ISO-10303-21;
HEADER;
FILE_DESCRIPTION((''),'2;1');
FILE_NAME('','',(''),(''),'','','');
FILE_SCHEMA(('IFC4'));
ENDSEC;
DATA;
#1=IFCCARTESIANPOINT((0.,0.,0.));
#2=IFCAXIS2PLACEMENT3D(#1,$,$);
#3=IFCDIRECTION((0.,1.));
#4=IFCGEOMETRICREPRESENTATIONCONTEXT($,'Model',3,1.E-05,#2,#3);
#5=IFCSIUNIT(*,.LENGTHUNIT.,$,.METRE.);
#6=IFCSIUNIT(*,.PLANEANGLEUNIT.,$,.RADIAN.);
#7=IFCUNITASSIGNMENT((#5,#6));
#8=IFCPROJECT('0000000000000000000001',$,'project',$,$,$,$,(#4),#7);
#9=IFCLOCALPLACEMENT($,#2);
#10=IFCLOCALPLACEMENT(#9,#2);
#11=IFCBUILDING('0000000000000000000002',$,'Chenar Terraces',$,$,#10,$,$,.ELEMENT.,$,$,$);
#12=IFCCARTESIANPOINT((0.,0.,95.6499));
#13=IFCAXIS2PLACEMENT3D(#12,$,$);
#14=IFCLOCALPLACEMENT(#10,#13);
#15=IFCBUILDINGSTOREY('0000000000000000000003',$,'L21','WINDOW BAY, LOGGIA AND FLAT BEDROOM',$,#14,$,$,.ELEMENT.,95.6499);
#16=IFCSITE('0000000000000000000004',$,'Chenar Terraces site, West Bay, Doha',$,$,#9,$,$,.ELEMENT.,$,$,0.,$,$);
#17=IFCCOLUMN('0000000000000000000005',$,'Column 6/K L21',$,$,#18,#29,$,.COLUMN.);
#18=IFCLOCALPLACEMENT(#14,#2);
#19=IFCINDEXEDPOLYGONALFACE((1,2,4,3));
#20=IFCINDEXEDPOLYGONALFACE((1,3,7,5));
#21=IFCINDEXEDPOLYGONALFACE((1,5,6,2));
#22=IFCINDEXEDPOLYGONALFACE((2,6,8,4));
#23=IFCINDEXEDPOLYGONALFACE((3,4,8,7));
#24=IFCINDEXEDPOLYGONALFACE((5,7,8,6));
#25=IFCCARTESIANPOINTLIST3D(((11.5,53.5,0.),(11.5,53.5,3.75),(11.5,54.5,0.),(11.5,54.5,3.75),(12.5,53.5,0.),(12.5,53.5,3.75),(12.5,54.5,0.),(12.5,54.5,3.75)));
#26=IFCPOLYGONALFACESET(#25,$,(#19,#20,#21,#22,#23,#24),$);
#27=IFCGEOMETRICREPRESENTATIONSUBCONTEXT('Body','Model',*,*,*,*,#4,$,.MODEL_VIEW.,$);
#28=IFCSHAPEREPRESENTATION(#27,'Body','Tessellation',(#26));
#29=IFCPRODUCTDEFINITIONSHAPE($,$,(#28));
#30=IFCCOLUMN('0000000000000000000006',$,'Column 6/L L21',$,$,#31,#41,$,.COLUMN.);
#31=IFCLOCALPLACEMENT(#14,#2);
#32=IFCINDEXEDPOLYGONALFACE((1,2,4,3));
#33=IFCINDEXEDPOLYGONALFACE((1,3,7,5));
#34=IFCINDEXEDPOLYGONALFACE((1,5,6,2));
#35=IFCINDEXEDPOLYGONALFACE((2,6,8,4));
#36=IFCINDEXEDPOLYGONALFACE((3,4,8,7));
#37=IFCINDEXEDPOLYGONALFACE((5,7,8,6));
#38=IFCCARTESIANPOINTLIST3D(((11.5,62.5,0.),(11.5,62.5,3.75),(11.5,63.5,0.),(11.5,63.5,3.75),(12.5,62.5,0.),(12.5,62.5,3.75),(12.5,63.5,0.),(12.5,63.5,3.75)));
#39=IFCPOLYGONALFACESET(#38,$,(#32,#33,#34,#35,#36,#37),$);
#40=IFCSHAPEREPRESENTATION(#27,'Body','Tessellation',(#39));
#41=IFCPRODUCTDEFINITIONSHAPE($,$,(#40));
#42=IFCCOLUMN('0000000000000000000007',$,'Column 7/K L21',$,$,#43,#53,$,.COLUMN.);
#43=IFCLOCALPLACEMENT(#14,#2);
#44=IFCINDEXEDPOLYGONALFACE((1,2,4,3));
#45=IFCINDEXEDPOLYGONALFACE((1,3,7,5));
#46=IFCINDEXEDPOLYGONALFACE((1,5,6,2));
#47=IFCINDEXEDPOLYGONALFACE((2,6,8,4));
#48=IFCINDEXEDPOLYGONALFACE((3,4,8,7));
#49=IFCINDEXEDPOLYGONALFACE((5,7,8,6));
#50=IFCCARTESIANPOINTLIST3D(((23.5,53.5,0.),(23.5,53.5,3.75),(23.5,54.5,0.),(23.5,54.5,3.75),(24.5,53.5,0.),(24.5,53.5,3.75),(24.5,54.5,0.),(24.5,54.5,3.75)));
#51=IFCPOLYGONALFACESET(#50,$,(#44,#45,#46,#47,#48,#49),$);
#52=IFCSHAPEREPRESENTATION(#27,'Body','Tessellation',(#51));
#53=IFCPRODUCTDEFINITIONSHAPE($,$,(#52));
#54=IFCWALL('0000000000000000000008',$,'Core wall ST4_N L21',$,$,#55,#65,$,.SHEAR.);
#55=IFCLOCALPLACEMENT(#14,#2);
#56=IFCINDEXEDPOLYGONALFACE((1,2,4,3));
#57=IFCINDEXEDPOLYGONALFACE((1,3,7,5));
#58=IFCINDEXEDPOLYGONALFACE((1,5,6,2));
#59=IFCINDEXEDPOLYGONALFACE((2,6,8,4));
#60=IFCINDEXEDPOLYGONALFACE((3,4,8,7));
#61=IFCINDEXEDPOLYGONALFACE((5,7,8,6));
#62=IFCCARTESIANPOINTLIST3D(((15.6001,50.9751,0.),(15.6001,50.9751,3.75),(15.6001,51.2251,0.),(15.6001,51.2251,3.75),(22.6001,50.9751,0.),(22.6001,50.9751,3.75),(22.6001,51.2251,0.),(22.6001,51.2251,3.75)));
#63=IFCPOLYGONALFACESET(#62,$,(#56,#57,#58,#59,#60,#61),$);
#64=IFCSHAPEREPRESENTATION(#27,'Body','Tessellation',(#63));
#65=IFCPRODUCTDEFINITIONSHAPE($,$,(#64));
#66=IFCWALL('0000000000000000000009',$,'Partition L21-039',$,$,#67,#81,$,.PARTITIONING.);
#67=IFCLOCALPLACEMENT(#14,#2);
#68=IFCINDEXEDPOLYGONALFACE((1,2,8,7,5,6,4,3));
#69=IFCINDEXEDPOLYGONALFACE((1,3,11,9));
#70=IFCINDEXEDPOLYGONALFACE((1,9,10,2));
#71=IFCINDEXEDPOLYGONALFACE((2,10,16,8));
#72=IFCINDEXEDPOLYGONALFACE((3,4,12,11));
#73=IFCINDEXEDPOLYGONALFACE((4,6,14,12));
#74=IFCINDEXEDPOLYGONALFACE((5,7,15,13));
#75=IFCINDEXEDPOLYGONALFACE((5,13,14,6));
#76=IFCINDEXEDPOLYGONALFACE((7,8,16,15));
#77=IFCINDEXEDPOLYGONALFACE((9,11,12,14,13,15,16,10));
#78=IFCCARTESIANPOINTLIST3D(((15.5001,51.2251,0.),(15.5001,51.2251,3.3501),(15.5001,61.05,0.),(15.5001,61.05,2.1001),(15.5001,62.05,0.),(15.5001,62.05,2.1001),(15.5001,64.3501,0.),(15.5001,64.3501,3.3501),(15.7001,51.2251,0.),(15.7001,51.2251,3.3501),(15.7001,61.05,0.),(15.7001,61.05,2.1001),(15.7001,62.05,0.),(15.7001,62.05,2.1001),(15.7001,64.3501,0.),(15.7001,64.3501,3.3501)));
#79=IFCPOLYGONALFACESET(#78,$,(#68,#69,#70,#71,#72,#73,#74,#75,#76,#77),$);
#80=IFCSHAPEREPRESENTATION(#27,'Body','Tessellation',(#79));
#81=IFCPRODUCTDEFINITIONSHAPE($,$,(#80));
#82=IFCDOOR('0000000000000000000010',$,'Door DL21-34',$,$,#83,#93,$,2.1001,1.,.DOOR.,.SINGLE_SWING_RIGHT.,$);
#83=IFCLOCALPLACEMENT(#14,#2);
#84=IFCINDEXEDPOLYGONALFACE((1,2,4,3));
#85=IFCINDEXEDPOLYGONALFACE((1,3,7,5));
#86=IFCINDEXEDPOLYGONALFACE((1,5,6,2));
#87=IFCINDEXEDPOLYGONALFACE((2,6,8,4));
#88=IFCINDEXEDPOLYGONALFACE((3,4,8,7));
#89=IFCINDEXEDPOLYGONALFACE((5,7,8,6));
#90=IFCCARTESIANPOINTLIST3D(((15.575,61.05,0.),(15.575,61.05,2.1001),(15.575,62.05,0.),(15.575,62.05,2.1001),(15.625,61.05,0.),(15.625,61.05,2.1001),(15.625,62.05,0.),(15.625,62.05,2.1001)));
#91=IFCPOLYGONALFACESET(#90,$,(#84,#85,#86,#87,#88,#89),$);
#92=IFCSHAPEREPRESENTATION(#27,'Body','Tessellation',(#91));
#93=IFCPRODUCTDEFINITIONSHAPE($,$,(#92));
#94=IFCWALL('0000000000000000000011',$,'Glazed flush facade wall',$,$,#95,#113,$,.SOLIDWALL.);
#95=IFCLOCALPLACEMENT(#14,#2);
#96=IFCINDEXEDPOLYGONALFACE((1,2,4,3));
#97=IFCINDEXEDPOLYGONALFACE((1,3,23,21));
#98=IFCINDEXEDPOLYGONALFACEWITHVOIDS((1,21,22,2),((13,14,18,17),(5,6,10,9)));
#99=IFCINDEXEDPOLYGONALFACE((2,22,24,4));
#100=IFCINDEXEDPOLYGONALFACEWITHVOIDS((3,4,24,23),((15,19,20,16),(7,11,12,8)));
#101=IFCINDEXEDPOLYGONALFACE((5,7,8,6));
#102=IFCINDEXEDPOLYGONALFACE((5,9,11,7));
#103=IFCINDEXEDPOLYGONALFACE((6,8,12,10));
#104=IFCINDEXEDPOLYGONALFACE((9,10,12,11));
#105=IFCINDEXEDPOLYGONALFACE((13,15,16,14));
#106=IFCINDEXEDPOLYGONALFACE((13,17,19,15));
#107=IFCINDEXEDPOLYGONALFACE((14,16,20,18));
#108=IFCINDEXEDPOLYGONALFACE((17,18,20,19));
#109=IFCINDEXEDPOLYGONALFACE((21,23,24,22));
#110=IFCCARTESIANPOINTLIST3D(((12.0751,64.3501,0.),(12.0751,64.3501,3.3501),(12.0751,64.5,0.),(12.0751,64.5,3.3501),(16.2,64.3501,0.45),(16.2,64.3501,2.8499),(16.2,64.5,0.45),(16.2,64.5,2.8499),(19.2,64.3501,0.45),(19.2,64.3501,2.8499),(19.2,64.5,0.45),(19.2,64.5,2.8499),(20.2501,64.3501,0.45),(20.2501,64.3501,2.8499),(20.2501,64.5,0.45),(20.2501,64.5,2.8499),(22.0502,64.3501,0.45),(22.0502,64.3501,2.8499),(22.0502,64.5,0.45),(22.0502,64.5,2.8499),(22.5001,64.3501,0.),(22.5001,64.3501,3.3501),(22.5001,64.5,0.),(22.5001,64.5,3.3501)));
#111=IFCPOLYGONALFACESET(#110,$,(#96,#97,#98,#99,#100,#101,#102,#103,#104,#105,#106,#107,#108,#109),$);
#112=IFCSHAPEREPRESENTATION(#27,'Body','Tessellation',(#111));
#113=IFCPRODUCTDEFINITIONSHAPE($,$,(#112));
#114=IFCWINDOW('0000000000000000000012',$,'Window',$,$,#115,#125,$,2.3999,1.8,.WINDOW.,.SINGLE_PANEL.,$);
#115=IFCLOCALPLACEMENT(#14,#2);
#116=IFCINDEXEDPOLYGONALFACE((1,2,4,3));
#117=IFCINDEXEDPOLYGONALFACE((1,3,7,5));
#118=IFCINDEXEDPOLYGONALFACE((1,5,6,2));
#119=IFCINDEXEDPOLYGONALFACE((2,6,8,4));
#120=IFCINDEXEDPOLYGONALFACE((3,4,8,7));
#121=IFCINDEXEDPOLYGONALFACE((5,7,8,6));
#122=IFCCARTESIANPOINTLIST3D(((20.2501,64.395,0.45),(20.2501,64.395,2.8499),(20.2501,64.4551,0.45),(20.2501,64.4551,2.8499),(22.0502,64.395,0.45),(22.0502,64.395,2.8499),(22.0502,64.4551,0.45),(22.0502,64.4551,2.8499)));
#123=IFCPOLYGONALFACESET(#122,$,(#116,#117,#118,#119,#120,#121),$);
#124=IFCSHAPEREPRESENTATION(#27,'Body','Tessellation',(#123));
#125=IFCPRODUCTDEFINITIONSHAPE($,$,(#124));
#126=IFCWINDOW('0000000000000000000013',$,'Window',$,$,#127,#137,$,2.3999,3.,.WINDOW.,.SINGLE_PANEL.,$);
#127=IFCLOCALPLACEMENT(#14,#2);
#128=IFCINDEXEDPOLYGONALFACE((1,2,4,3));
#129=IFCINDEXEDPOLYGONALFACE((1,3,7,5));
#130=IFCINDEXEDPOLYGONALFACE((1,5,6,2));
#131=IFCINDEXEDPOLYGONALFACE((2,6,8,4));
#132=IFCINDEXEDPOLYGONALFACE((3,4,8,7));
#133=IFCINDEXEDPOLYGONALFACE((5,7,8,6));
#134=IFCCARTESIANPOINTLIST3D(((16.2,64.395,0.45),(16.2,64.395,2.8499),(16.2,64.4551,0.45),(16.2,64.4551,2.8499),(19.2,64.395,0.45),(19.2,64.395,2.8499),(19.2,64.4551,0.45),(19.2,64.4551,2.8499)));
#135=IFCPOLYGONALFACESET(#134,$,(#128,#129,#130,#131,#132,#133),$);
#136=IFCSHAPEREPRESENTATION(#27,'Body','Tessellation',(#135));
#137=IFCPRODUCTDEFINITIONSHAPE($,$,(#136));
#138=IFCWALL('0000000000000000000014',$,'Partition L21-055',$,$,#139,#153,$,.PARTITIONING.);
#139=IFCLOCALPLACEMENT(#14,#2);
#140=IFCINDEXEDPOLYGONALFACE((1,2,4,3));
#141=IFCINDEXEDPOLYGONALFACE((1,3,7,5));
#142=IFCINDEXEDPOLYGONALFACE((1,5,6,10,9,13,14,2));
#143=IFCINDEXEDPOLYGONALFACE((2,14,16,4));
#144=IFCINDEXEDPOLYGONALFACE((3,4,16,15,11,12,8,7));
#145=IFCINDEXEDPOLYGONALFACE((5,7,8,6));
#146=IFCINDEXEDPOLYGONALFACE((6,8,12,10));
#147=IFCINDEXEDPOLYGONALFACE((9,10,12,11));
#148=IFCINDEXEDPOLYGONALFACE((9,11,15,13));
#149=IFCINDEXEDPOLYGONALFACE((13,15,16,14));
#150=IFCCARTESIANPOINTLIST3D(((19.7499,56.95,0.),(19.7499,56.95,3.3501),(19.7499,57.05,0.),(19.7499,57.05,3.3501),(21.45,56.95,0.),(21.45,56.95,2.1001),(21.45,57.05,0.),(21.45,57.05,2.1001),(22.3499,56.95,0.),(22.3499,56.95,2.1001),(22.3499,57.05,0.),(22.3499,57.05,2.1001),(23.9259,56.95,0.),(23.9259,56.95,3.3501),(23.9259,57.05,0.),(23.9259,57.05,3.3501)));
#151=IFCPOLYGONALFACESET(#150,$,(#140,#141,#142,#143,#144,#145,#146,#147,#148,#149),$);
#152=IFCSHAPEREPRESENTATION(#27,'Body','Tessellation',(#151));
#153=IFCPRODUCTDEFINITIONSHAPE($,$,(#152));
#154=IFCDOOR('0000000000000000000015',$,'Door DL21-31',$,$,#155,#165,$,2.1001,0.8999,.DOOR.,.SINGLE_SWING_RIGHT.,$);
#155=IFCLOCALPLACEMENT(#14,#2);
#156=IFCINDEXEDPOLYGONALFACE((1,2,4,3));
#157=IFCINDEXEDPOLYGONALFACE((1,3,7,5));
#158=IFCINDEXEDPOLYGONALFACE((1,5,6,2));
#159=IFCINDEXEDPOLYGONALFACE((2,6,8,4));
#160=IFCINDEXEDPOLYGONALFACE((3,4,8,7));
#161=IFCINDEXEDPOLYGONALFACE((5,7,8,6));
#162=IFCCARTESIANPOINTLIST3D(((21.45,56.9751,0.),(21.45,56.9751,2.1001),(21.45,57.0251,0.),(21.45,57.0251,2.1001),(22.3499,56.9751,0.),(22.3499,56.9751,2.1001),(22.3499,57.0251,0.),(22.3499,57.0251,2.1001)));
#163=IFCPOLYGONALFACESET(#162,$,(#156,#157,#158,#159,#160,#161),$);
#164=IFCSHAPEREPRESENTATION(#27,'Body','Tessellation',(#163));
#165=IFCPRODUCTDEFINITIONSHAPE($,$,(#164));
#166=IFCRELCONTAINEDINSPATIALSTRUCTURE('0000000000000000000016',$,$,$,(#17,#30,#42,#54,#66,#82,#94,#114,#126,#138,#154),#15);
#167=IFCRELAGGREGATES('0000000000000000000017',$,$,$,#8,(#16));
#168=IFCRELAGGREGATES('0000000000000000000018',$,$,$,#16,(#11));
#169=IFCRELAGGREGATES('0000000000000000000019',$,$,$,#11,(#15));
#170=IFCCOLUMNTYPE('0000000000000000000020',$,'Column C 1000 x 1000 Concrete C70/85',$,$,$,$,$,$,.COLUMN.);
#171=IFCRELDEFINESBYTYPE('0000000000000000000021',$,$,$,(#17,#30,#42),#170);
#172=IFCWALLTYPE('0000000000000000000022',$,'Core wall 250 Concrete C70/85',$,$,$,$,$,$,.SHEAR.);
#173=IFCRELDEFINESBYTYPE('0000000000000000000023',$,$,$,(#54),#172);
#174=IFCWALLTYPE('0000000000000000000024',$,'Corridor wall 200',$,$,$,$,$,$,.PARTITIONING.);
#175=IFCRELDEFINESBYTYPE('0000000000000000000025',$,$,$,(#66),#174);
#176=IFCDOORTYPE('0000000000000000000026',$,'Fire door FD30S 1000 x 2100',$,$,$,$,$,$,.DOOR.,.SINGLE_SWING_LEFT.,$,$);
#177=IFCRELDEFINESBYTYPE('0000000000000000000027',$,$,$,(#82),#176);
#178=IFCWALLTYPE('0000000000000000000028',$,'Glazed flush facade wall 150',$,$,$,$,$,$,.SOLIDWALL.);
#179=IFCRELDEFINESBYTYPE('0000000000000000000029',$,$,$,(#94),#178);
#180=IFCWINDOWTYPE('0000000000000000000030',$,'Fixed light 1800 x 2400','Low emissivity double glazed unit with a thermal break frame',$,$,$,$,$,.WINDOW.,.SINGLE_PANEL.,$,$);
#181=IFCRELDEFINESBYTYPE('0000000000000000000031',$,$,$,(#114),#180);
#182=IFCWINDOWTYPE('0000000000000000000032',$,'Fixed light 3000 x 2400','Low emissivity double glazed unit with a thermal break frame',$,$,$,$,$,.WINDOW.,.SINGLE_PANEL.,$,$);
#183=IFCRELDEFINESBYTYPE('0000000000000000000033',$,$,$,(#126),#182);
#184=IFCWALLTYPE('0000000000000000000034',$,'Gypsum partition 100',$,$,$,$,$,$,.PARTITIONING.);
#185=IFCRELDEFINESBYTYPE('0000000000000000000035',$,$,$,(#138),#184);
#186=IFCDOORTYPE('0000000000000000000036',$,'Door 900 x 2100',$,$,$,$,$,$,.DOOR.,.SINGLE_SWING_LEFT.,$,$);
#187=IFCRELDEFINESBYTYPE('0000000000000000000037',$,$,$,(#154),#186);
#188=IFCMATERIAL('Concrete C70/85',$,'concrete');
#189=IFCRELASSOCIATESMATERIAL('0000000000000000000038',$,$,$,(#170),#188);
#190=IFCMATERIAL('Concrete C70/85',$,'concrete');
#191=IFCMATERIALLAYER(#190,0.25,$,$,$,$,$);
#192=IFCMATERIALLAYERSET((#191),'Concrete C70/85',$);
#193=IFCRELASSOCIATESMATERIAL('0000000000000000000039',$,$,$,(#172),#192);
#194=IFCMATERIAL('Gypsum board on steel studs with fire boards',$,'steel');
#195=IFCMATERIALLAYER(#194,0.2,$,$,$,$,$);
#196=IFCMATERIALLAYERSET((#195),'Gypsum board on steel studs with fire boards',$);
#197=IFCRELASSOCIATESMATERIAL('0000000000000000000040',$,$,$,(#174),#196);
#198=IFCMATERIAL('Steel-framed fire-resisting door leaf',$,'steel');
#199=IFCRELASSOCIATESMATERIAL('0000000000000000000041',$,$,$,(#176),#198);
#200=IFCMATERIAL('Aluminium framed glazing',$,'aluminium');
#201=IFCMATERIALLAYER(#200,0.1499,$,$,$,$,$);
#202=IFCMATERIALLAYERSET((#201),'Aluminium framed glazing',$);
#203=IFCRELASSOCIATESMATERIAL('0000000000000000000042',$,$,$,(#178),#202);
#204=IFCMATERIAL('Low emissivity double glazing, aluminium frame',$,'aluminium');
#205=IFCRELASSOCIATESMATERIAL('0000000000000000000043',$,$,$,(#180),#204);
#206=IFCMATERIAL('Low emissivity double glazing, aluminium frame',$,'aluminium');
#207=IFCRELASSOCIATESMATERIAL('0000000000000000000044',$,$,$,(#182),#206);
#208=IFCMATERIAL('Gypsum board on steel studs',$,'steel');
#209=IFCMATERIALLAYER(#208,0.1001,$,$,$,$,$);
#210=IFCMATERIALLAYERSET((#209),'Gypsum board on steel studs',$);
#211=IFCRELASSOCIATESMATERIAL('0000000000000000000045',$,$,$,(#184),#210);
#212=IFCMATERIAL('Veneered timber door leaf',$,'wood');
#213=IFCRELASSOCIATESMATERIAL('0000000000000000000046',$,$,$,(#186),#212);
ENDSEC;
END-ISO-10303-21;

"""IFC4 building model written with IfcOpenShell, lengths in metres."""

from ifc_helpers import new_model, si_unit, direction, frame, frame_2d, origin, origin_2d, place, context, subcontext, project, spatial, rectangle, extrude, material, layer, layer_set, material_profile, profile_set, type_object, element, fill, save


model = new_model("IFC4")

# Units and contexts
model_context = context("Model", 3, precision=1e-05, world=origin(), true_north=direction((0.0, 1.0)))
body_context = subcontext(model_context, "Body", "Model", "MODEL_VIEW")
ifc_project = project(units=[si_unit("LENGTHUNIT", "METRE"), si_unit("PLANEANGLEUNIT", "RADIAN")], contexts=[model_context])

# Site, building, storey
site_placement = place(None, origin())
site = spatial("IfcSite", under=ifc_project, at=site_placement, Name="Chenar Terraces site, West Bay, Doha", CompositionType="ELEMENT", RefElevation=0.0)
building_placement = place(site_placement, origin())
building = spatial("IfcBuilding", under=site, at=building_placement, Name="Chenar Terraces", CompositionType="ELEMENT")
storey_placement = place(building_placement, frame((0.0, 0.0, 95.6499)))
storey = spatial("IfcBuildingStorey", under=building, at=storey_placement, Name="L21", Description="WINDOW BAY, LOGGIA AND FLAT BEDROOM", CompositionType="ELEMENT", Elevation=95.6499)

# Columns
ifc_material_1 = material(Name="Concrete C70/85", Category="concrete")
ifc_material_profile = material_profile(ifc_material_1, rectangle(XDim=1.0, YDim=1.0, at=origin_2d()), Name="C 1000 x 1000")
ifc_profile_set = profile_set([ifc_material_profile], Name="Concrete C70/85")
column_type = type_object("IfcColumnType", Name="Column C 1000 x 1000 Concrete C70/85", PredefinedType="COLUMN", material=ifc_profile_set)
for number, where, z_axis, x_axis, name in (
    (1, (12.0, 54.0, 0.0), (0.0, 0.0, 1.0), (1.0, 0.0, 0.0), "Column 6/K L21"),
    (2, (12.0, 63.0, 0.0), (0.0, 0.0, 1.0), (1.0, 0.0, 0.0), "Column 6/L L21"),
    (3, (24.0, 54.0, 0.0), (0.0, 0.0, 1.0), (1.0, 0.0, 0.0), "Column 7/K L21"),
):
    element("IfcColumn", number, at=place(storey_placement, frame(where, z_axis=z_axis, x_axis=x_axis)), inside=storey, type_object=column_type, Name=name, PredefinedType="COLUMN", context=body_context, shape_type="SweptSolid", body=[
        extrude(rectangle(XDim=1.0, YDim=1.0, at=origin_2d()), origin(), (0.0, 0.0, 1.0), 3.75),
    ])

# Wall
ifc_material_2 = material(Name="Concrete C70/85", Category="concrete")
ifc_layer_1 = layer(ifc_material_2, 0.25)
ifc_layer_set_1 = layer_set([ifc_layer_1], Name="Concrete C70/85")
wall_type_1 = type_object("IfcWallType", Name="Core wall 250 Concrete C70/85", PredefinedType="SHEAR", material=ifc_layer_set_1)
wall_1_placement = place(storey_placement, frame((15.6001, 51.1001, 0.0), z_axis=(0.0, 0.0, 1.0), x_axis=(1.0, 0.0, 0.0)))
element("IfcWall", 4, at=wall_1_placement, inside=storey, type_object=wall_type_1, Name="Core wall ST4_N L21", PredefinedType="SHEAR", context=body_context, shape_type="SweptSolid", body=[
    extrude(rectangle(XDim=7.0, YDim=0.25, at=frame_2d((3.5, 0.0))), origin(), (0.0, 0.0, 1.0), 3.75),
])

# Wall, opening, door
ifc_material_3 = material(Name="Gypsum board on steel studs with fire boards", Category="steel")
ifc_layer_2 = layer(ifc_material_3, 0.2)
ifc_layer_set_2 = layer_set([ifc_layer_2], Name="Gypsum board on steel studs with fire boards")
wall_type_2 = type_object("IfcWallType", Name="Corridor wall 200", PredefinedType="PARTITIONING", material=ifc_layer_set_2)
wall_2_placement = place(storey_placement, frame((15.6001, 51.2251, 0.0), z_axis=(0.0, 0.0, 1.0), x_axis=(0.0, 1.0, 0.0)))
wall_2 = element("IfcWall", 5, at=wall_2_placement, inside=storey, type_object=wall_type_2, Name="Partition L21-039", PredefinedType="PARTITIONING", context=body_context, shape_type="SweptSolid", body=[
    extrude(rectangle(XDim=13.125, YDim=0.2, at=frame_2d((6.5625, 0.0))), origin(), (0.0, 0.0, 1.0), 3.3501),
])
opening_1_placement = place(wall_2_placement, frame((9.825, 0.0, 0.0)))
opening_1 = element("IfcOpeningElement", 6, at=opening_1_placement, cuts=wall_2, PredefinedType="OPENING", context=body_context, shape_type="SweptSolid", body=[
    extrude(rectangle(XDim=1.0, YDim=2.1001, at=frame_2d((0.5, 1.05))), frame((0.0, 0.1099, 0.0), z_axis=(0.0, -1.0, 0.0), x_axis=(1.0, 0.0, 0.0)), (0.0, 0.0, 1.0), 0.22),
])
ifc_material_4 = material(Name="Steel-framed fire-resisting door leaf", Category="steel")
door_type_1 = type_object("IfcDoorType", Name="Fire door FD30S 1000 x 2100", OperationType="SINGLE_SWING_LEFT", PredefinedType="DOOR", material=ifc_material_4)
door_1_placement = place(opening_1_placement, frame((1.0, 0.0, 0.0), z_axis=(0.0, 0.0, 1.0), x_axis=(-1.0, 0.0, 0.0)))
door_1 = element("IfcDoor", 7, at=door_1_placement, inside=storey, type_object=door_type_1, Name="Door DL21-34", OperationType="SINGLE_SWING_RIGHT", OverallHeight=2.1001, OverallWidth=1.0, PredefinedType="DOOR", context=body_context, shape_type="SweptSolid", body=[
    extrude(rectangle(XDim=1.0, YDim=2.1001, at=frame_2d((0.5, 1.05))), frame((0.0, 0.0249, 0.0), z_axis=(0.0, -1.0, 0.0), x_axis=(1.0, 0.0, 0.0)), (0.0, 0.0, 1.0), 0.05),
])
fill(opening_1, door_1)

# Wall, openings, windows
ifc_material_5 = material(Name="Aluminium framed glazing", Category="aluminium")
ifc_layer_3 = layer(ifc_material_5, 0.1499)
ifc_layer_set_3 = layer_set([ifc_layer_3], Name="Aluminium framed glazing")
wall_type_3 = type_object("IfcWallType", Name="Glazed flush facade wall 150", PredefinedType="SOLIDWALL", material=ifc_layer_set_3)
wall_3_placement = place(storey_placement, frame((22.5, 64.425, 0.0), z_axis=(0.0, 0.0, 1.0), x_axis=(-1.0, 0.0, 0.0)))
wall_3 = element("IfcWall", 8, at=wall_3_placement, inside=storey, type_object=wall_type_3, Name="Glazed flush facade wall", PredefinedType="SOLIDWALL", context=body_context, shape_type="SweptSolid", body=[
    extrude(rectangle(XDim=10.425, YDim=0.1499, at=frame_2d((5.2124, 0.0))), origin(), (0.0, 0.0, 1.0), 3.3501),
])
opening_2_placement = place(wall_3_placement, frame((0.45, 0.0, 0.45)))
opening_2 = element("IfcOpeningElement", 9, at=opening_2_placement, cuts=wall_3, PredefinedType="OPENING", context=body_context, shape_type="SweptSolid", body=[
    extrude(rectangle(XDim=1.8, YDim=2.3999, at=frame_2d((0.8999, 1.2))), frame((0.0, 0.085, 0.0), z_axis=(0.0, -1.0, 0.0), x_axis=(1.0, 0.0, 0.0)), (0.0, 0.0, 1.0), 0.1699),
])
opening_3_placement = place(wall_3_placement, frame((3.3, 0.0, 0.45)))
opening_3 = element("IfcOpeningElement", 10, at=opening_3_placement, cuts=wall_3, PredefinedType="OPENING", context=body_context, shape_type="SweptSolid", body=[
    extrude(rectangle(XDim=3.0, YDim=2.3999, at=frame_2d((1.5, 1.2))), frame((0.0, 0.085, 0.0), z_axis=(0.0, -1.0, 0.0), x_axis=(1.0, 0.0, 0.0)), (0.0, 0.0, 1.0), 0.1699),
])
ifc_material_6 = material(Name="Low emissivity double glazing, aluminium frame", Category="aluminium")
window_type_1 = type_object("IfcWindowType", Name="Fixed light 1800 x 2400", Description="Low emissivity double glazed unit with a thermal break frame", PartitioningType="SINGLE_PANEL", PredefinedType="WINDOW", material=ifc_material_6)
window_1_placement = place(opening_2_placement, origin())
window_1 = element("IfcWindow", 11, at=window_1_placement, inside=storey, type_object=window_type_1, Name="Window", OverallHeight=2.3999, OverallWidth=1.8, PartitioningType="SINGLE_PANEL", PredefinedType="WINDOW", context=body_context, shape_type="SweptSolid", body=[
    extrude(rectangle(XDim=1.8, YDim=2.3999, at=frame_2d((0.8999, 1.2))), frame((0.0, 0.03, 0.0), z_axis=(0.0, -1.0, 0.0), x_axis=(1.0, 0.0, 0.0)), (0.0, 0.0, 1.0), 0.0601),
])
fill(opening_2, window_1)
ifc_material_7 = material(Name="Low emissivity double glazing, aluminium frame", Category="aluminium")
window_type_2 = type_object("IfcWindowType", Name="Fixed light 3000 x 2400", Description="Low emissivity double glazed unit with a thermal break frame", PartitioningType="SINGLE_PANEL", PredefinedType="WINDOW", material=ifc_material_7)
window_2_placement = place(opening_3_placement, origin())
window_2 = element("IfcWindow", 12, at=window_2_placement, inside=storey, type_object=window_type_2, Name="Window", OverallHeight=2.3999, OverallWidth=3.0, PartitioningType="SINGLE_PANEL", PredefinedType="WINDOW", context=body_context, shape_type="SweptSolid", body=[
    extrude(rectangle(XDim=3.0, YDim=2.3999, at=frame_2d((1.5, 1.2))), frame((0.0, 0.03, 0.0), z_axis=(0.0, -1.0, 0.0), x_axis=(1.0, 0.0, 0.0)), (0.0, 0.0, 1.0), 0.0601),
])
fill(opening_3, window_2)

# Wall, opening, door
ifc_material_8 = material(Name="Gypsum board on steel studs", Category="steel")
ifc_layer_4 = layer(ifc_material_8, 0.1001)
ifc_layer_set_4 = layer_set([ifc_layer_4], Name="Gypsum board on steel studs")
wall_type_4 = type_object("IfcWallType", Name="Gypsum partition 100", PredefinedType="PARTITIONING", material=ifc_layer_set_4)
wall_4_placement = place(storey_placement, frame((19.75, 57.0, 0.0), z_axis=(0.0, 0.0, 1.0), x_axis=(1.0, 0.0, 0.0)))
wall_4 = element("IfcWall", 13, at=wall_4_placement, inside=storey, type_object=wall_type_4, Name="Partition L21-055", PredefinedType="PARTITIONING", context=body_context, shape_type="SweptSolid", body=[
    extrude(rectangle(XDim=4.176, YDim=0.1001, at=frame_2d((2.0879, 0.0))), origin(), (0.0, 0.0, 1.0), 3.3501),
])
opening_4_placement = place(wall_4_placement, frame((1.7, 0.0, 0.0)))
opening_4 = element("IfcOpeningElement", 14, at=opening_4_placement, cuts=wall_4, PredefinedType="OPENING", context=body_context, shape_type="SweptSolid", body=[
    extrude(rectangle(XDim=0.8999, YDim=2.1001, at=frame_2d((0.45, 1.05))), frame((0.0, 0.0601, 0.0), z_axis=(0.0, -1.0, 0.0), x_axis=(1.0, 0.0, 0.0)), (0.0, 0.0, 1.0), 0.1201),
])
ifc_material_9 = material(Name="Veneered timber door leaf", Category="wood")
door_type_2 = type_object("IfcDoorType", Name="Door 900 x 2100", OperationType="SINGLE_SWING_LEFT", PredefinedType="DOOR", material=ifc_material_9)
door_2_placement = place(opening_4_placement, frame((0.8999, 0.0, 0.0), z_axis=(0.0, 0.0, 1.0), x_axis=(-1.0, 0.0, 0.0)))
door_2 = element("IfcDoor", 15, at=door_2_placement, inside=storey, type_object=door_type_2, Name="Door DL21-31", OperationType="SINGLE_SWING_RIGHT", OverallHeight=2.1001, OverallWidth=0.8999, PredefinedType="DOOR", context=body_context, shape_type="SweptSolid", body=[
    extrude(rectangle(XDim=0.8999, YDim=2.1001, at=frame_2d((0.45, 1.05))), frame((0.0, 0.0249, 0.0), z_axis=(0.0, -1.0, 0.0), x_axis=(1.0, 0.0, 0.0)), (0.0, 0.0, 1.0), 0.05),
])
fill(opening_4, door_2)

save(model, "model.ifc")
